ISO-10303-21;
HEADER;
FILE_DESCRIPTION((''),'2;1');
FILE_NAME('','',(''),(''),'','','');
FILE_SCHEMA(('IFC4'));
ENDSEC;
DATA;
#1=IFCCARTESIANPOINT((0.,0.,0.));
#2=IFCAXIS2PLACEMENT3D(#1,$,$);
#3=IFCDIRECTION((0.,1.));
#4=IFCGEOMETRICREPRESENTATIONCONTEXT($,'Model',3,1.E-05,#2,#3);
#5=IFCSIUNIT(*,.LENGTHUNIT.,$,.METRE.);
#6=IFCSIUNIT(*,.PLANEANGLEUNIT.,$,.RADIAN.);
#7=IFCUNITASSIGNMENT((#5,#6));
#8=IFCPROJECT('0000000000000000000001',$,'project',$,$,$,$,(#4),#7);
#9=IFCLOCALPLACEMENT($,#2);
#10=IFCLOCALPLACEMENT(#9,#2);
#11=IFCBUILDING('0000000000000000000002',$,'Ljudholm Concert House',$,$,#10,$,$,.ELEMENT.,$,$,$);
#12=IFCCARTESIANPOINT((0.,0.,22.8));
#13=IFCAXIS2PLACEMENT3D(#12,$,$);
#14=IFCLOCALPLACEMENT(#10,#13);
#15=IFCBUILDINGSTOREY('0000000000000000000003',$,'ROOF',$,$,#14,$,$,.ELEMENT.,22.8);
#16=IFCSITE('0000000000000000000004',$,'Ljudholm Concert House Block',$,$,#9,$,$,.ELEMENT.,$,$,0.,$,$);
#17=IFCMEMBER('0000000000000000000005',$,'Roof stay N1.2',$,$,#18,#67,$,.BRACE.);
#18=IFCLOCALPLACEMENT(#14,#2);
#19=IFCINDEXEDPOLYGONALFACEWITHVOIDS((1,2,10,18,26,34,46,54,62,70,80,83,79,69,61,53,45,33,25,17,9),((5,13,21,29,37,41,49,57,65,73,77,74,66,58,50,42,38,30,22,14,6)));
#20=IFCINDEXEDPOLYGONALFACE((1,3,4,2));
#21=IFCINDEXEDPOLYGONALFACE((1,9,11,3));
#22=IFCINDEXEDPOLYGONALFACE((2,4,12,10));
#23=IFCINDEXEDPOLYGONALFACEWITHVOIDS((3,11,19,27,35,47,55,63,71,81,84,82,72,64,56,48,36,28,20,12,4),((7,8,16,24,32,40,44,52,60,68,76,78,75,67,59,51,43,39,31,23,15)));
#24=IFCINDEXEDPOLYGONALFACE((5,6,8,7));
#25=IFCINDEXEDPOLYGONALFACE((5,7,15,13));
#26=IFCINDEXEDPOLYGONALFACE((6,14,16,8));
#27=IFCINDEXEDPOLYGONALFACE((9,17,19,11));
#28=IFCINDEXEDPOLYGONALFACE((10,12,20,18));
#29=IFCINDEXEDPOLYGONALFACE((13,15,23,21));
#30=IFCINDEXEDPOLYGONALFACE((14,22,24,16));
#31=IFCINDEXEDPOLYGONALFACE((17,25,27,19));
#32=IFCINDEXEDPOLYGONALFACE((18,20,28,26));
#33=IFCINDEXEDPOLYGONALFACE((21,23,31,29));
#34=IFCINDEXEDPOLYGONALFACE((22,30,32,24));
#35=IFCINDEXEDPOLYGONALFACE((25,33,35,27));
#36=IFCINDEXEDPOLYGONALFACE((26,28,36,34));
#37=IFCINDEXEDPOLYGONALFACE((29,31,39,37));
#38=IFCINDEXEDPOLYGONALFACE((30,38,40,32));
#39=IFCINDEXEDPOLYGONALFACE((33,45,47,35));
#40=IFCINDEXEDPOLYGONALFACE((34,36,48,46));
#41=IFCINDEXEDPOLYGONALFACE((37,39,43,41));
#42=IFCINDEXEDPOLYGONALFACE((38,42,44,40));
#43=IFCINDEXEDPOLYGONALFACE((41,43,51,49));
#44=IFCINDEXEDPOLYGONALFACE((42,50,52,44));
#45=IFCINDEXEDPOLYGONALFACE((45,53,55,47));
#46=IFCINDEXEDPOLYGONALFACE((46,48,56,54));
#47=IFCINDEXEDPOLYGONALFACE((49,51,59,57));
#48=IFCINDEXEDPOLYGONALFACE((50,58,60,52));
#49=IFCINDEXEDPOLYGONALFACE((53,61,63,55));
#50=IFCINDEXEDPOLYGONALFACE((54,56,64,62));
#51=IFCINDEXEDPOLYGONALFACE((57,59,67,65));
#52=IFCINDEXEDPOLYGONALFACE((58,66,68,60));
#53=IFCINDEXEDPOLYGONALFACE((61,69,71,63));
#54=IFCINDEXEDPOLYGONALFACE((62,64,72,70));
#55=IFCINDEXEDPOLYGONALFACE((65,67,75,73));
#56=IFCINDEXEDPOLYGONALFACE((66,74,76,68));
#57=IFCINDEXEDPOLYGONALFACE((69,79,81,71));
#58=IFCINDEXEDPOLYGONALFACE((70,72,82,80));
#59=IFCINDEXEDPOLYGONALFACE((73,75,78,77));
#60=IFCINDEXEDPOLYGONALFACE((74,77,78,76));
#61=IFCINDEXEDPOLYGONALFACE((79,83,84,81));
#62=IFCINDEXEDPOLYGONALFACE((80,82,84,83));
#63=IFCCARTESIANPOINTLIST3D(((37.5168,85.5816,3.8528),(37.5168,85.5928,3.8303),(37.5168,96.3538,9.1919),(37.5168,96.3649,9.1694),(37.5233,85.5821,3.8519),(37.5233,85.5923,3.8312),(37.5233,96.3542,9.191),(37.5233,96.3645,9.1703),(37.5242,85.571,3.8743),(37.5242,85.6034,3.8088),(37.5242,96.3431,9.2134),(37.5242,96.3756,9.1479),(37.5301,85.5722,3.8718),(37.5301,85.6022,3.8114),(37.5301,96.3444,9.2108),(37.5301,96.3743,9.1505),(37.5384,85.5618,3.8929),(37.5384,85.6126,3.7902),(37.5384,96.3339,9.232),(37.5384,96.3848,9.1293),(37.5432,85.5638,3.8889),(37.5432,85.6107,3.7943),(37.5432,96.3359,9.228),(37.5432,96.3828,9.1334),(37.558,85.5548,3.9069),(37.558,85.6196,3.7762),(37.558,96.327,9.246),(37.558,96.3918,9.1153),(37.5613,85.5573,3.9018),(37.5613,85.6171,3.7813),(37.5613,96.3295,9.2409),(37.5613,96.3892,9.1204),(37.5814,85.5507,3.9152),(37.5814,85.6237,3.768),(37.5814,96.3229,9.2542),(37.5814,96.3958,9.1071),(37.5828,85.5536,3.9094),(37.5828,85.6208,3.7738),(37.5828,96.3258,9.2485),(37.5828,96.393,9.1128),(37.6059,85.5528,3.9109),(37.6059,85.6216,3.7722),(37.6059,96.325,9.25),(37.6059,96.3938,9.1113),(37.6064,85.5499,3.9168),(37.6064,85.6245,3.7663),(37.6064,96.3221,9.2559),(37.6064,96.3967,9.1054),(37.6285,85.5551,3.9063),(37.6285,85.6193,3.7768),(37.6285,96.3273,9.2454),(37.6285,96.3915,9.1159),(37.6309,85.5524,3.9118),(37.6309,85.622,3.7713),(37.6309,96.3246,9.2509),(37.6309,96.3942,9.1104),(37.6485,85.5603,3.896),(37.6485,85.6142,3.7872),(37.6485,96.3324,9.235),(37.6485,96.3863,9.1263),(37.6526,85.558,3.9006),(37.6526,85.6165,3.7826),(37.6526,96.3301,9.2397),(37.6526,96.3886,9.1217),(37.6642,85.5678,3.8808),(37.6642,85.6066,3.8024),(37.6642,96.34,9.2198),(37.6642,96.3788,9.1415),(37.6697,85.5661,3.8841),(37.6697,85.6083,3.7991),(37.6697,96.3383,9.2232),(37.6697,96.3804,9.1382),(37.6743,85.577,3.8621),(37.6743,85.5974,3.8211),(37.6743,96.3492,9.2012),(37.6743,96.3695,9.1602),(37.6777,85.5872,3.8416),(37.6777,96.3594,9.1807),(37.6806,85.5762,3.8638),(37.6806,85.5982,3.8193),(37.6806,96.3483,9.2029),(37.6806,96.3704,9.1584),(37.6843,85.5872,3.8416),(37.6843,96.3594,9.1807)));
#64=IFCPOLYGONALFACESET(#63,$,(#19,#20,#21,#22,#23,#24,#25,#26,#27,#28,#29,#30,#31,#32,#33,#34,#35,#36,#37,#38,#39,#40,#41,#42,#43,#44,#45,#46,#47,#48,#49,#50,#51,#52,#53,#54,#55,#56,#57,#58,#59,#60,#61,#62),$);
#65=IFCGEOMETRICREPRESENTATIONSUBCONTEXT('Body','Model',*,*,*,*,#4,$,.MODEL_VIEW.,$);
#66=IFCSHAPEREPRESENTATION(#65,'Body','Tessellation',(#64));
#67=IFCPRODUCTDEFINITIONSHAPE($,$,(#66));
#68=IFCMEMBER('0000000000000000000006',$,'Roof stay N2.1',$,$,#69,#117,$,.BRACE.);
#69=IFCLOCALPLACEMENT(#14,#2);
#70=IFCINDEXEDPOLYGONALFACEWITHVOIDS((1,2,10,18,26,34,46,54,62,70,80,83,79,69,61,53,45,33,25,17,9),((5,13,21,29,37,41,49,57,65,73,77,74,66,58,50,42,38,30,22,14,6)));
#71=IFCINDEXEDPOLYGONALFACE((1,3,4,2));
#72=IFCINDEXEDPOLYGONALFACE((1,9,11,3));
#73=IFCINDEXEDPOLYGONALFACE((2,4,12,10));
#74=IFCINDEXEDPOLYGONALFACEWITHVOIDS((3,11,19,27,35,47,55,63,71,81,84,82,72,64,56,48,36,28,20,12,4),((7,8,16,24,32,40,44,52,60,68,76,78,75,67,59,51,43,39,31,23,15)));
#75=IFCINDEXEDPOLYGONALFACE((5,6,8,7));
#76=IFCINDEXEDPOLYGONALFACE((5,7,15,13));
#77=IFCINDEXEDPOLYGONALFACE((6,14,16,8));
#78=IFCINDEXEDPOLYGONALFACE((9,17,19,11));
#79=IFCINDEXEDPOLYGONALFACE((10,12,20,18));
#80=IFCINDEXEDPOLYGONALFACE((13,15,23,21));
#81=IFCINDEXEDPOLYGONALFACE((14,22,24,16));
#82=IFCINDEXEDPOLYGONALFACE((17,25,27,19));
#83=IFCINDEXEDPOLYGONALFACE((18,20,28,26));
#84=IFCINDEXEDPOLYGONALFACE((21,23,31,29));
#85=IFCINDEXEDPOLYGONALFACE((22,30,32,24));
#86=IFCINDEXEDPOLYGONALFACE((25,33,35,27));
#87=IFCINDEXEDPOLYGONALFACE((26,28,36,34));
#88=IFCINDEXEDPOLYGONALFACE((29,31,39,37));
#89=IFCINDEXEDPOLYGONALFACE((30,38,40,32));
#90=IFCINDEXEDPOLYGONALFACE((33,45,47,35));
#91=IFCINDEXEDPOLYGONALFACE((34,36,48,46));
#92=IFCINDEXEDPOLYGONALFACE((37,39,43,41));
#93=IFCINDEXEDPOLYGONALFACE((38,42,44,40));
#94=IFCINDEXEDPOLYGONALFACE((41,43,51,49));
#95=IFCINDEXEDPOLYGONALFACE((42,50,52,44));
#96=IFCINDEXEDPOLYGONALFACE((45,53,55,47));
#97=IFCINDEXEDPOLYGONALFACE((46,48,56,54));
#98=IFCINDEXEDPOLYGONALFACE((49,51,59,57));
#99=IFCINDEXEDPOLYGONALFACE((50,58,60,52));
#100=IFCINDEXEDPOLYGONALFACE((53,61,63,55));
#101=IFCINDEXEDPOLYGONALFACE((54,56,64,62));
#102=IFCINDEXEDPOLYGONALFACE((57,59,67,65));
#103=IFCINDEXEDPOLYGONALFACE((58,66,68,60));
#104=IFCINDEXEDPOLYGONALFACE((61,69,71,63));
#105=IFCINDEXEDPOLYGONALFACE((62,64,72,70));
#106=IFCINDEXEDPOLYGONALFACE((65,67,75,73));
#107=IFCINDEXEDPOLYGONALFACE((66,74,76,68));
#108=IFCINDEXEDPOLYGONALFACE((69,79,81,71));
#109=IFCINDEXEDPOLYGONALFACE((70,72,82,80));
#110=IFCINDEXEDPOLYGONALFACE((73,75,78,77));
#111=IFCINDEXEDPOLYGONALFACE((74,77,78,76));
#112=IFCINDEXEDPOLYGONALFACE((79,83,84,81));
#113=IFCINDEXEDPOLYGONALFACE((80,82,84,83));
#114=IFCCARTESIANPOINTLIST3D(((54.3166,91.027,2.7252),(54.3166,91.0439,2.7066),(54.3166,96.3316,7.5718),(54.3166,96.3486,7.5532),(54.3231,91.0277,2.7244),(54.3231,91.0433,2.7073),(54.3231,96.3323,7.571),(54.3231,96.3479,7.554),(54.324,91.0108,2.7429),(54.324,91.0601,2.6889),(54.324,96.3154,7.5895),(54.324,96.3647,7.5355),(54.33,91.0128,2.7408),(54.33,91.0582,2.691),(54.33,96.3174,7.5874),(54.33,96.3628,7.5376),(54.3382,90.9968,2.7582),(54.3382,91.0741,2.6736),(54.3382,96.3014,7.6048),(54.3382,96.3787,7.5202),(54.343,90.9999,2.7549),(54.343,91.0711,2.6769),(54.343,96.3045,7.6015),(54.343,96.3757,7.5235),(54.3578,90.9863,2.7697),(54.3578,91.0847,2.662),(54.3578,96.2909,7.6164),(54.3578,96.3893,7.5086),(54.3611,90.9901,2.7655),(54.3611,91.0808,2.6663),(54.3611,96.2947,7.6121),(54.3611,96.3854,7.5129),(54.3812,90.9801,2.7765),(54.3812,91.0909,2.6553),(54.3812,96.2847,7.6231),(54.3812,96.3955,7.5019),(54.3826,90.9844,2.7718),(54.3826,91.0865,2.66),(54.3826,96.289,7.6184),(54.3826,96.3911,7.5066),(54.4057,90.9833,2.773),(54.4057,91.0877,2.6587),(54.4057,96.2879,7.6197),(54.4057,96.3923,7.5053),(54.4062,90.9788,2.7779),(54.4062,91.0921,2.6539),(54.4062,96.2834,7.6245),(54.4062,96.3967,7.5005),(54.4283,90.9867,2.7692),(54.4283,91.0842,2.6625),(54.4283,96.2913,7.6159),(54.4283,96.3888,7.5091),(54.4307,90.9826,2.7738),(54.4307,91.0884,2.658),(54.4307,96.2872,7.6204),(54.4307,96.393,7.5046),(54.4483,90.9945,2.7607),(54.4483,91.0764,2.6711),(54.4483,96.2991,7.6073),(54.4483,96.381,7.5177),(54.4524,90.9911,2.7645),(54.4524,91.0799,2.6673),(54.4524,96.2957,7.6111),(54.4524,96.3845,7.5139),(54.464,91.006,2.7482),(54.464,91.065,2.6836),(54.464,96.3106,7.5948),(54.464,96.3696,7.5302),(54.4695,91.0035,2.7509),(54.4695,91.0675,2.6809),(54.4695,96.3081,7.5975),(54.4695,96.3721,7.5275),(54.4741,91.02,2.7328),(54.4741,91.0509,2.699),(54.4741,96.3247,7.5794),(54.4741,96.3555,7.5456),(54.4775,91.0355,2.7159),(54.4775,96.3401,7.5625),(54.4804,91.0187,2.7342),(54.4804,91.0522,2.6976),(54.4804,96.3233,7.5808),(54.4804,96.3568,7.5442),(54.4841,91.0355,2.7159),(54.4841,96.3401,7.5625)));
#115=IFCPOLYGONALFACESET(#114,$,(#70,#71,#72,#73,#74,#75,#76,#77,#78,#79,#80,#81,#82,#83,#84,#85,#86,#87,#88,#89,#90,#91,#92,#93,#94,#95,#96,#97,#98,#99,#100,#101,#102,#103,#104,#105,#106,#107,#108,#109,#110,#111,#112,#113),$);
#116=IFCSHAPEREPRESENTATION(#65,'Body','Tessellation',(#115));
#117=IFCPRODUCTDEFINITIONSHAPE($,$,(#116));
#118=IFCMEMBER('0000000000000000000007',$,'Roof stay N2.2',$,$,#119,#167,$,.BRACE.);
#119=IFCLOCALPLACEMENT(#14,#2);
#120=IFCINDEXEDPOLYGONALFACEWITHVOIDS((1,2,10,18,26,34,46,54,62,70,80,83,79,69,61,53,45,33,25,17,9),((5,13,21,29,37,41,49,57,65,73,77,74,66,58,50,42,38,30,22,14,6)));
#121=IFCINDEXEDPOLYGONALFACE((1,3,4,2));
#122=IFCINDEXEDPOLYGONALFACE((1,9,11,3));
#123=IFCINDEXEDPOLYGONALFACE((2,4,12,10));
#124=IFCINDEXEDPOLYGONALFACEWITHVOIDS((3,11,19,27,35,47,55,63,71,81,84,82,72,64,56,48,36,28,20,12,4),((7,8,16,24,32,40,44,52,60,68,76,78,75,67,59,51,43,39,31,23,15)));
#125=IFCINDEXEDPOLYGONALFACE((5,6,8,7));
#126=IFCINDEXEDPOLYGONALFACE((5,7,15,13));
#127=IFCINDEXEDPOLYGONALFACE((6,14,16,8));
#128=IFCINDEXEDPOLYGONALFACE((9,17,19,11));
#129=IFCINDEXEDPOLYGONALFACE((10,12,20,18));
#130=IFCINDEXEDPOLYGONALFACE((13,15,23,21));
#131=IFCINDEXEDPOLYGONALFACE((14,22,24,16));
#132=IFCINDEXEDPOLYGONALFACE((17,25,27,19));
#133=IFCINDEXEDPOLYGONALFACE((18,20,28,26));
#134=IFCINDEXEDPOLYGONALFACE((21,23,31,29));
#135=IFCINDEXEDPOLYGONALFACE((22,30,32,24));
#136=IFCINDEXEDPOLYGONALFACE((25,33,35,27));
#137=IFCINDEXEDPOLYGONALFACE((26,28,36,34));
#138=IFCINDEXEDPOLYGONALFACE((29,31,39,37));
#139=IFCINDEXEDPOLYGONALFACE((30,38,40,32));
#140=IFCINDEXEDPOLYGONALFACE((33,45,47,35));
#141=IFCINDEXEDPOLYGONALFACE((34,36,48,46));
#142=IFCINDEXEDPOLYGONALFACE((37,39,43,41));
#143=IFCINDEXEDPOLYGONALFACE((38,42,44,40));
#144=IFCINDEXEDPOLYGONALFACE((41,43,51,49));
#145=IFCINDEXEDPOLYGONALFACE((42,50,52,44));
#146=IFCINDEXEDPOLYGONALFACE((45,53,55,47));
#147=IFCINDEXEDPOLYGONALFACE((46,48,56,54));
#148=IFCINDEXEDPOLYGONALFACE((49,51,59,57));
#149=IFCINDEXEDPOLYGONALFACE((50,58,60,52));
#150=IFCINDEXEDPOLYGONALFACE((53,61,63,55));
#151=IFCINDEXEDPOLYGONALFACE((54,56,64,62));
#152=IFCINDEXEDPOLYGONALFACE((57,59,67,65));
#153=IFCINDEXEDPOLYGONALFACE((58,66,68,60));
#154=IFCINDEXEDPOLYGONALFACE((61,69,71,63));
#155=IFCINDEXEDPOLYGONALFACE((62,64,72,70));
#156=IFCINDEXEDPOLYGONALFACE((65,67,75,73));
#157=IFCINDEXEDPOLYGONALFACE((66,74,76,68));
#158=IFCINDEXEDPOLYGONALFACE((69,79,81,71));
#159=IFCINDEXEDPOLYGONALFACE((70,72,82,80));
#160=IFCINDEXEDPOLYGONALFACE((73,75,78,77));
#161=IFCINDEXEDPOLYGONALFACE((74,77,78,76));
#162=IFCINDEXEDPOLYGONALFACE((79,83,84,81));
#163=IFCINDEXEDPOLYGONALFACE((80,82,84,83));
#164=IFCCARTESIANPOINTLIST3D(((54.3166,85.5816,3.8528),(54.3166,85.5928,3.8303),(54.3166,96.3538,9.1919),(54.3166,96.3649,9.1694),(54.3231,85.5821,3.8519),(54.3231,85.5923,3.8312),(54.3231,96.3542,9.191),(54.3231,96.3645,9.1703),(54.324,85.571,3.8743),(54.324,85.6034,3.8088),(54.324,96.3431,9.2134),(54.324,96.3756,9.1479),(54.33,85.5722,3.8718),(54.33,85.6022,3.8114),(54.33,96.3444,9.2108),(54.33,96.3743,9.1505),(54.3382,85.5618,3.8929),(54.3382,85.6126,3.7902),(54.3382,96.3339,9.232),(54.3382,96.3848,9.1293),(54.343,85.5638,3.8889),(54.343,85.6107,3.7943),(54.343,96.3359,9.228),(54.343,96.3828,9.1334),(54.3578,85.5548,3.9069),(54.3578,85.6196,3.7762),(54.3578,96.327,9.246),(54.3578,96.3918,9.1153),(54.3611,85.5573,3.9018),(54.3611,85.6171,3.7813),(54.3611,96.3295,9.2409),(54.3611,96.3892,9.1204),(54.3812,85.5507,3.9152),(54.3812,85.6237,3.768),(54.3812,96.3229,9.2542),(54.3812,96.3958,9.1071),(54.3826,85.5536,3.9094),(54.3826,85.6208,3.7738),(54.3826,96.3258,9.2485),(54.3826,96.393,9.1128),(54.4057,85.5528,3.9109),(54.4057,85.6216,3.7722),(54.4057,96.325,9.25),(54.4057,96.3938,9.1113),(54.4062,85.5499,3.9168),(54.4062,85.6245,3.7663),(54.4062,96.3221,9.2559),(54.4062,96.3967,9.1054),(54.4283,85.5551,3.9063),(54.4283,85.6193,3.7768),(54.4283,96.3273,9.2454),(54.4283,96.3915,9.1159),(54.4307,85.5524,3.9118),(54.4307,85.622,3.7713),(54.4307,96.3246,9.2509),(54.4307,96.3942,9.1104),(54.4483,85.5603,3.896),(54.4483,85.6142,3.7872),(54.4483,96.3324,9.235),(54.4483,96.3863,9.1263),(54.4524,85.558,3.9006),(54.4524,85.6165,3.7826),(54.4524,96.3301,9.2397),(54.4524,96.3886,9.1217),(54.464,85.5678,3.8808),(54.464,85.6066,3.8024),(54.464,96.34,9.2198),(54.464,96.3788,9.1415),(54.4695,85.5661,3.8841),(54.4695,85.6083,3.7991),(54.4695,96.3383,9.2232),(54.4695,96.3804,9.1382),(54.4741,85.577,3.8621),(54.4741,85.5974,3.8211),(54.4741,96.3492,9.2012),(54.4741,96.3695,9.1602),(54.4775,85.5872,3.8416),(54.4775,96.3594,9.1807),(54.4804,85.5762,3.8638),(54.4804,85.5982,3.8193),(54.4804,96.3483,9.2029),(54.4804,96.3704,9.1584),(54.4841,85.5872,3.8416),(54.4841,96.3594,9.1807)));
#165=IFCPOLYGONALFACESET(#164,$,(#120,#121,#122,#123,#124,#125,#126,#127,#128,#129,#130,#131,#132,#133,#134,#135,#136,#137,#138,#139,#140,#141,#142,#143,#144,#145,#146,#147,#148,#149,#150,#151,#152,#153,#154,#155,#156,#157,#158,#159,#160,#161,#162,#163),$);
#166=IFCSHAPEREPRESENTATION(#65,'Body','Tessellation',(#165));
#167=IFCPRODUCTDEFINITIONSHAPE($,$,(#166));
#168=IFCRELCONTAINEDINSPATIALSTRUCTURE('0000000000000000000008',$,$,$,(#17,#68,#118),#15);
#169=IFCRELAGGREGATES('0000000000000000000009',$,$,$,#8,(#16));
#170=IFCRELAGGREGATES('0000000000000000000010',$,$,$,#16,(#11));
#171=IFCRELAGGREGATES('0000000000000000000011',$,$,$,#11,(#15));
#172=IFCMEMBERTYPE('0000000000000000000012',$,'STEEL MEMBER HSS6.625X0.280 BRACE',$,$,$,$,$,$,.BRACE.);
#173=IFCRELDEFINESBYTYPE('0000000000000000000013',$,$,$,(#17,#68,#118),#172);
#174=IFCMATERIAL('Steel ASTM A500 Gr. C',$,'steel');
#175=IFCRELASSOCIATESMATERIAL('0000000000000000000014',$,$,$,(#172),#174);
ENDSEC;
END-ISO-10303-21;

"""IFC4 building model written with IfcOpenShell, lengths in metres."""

from ifc_helpers import new_model, si_unit, direction, frame, origin, origin_2d, place, context, subcontext, project, spatial, hollow_circle, extrude, material, material_profile, profile_set, type_object, element, save


model = new_model("IFC4")

# Units and contexts
model_context = context("Model", 3, precision=1e-05, world=origin(), true_north=direction((0.0, 1.0)))
body_context = subcontext(model_context, "Body", "Model", "MODEL_VIEW")
ifc_project = project(units=[si_unit("LENGTHUNIT", "METRE"), si_unit("PLANEANGLEUNIT", "RADIAN")], contexts=[model_context])

# Site, building, storey
site_placement = place(None, origin())
site = spatial("IfcSite", under=ifc_project, at=site_placement, Name="Ljudholm Concert House Block", CompositionType="ELEMENT", RefElevation=0.0)
building_placement = place(site_placement, origin())
building = spatial("IfcBuilding", under=site, at=building_placement, Name="Ljudholm Concert House", CompositionType="ELEMENT")
storey_placement = place(building_placement, frame((0.0, 0.0, 22.8)))
storey = spatial("IfcBuildingStorey", under=building, at=storey_placement, Name="ROOF", CompositionType="ELEMENT", Elevation=22.8)

# Members
ifc_material_1 = material(Name="Steel ASTM A500 Gr. C", Category="steel")
ifc_material_profile_1 = material_profile(ifc_material_1, hollow_circle(Radius=0.0842, WallThickness=0.0066, at=origin_2d()), Name="HSS6.625X0.280")
ifc_profile_set_1 = profile_set([ifc_material_profile_1], Name="Steel ASTM A500 Gr. C")
member_type_1 = type_object("IfcMemberType", Name="STEEL MEMBER HSS6.625X0.280 BRACE", PredefinedType="BRACE", material=ifc_profile_set_1)
member_1_placement = place(storey_placement, frame((37.6001, 96.3594, 9.1807), z_axis=(0.0, -0.895985, -0.444084), x_axis=(1.0, 0.0, 0.0)))
element("IfcMember", 1, at=member_1_placement, inside=storey, type_object=member_type_1, Name="Roof stay N1.2", PredefinedType="BRACE", context=body_context, shape_type="SweptSolid", body=[
    extrude(hollow_circle(Radius=0.0842, WallThickness=0.0066, at=origin_2d()), origin(), (0.0, 0.0, 1.0), 12.0227),
])
member_2_placement = place(storey_placement, frame((54.3999, 96.3401, 7.5625), z_axis=(0.0, -0.738259, -0.674517), x_axis=(1.0, 0.0, 0.0)))
element("IfcMember", 2, at=member_2_placement, inside=storey, type_object=member_type_1, Name="Roof stay N2.1", PredefinedType="BRACE", context=body_context, shape_type="SweptSolid", body=[
    extrude(hollow_circle(Radius=0.0842, WallThickness=0.0066, at=origin_2d()), origin(), (0.0, 0.0, 1.0), 7.1853),
])
member_3_placement = place(storey_placement, frame((54.3999, 96.3594, 9.1807), z_axis=(0.0, -0.895985, -0.444084), x_axis=(1.0, 0.0, 0.0)))
element("IfcMember", 3, at=member_3_placement, inside=storey, type_object=member_type_1, Name="Roof stay N2.2", PredefinedType="BRACE", context=body_context, shape_type="SweptSolid", body=[
    extrude(hollow_circle(Radius=0.0842, WallThickness=0.0066, at=origin_2d()), origin(), (0.0, 0.0, 1.0), 12.0227),
])

save(model, "model.ifc")
